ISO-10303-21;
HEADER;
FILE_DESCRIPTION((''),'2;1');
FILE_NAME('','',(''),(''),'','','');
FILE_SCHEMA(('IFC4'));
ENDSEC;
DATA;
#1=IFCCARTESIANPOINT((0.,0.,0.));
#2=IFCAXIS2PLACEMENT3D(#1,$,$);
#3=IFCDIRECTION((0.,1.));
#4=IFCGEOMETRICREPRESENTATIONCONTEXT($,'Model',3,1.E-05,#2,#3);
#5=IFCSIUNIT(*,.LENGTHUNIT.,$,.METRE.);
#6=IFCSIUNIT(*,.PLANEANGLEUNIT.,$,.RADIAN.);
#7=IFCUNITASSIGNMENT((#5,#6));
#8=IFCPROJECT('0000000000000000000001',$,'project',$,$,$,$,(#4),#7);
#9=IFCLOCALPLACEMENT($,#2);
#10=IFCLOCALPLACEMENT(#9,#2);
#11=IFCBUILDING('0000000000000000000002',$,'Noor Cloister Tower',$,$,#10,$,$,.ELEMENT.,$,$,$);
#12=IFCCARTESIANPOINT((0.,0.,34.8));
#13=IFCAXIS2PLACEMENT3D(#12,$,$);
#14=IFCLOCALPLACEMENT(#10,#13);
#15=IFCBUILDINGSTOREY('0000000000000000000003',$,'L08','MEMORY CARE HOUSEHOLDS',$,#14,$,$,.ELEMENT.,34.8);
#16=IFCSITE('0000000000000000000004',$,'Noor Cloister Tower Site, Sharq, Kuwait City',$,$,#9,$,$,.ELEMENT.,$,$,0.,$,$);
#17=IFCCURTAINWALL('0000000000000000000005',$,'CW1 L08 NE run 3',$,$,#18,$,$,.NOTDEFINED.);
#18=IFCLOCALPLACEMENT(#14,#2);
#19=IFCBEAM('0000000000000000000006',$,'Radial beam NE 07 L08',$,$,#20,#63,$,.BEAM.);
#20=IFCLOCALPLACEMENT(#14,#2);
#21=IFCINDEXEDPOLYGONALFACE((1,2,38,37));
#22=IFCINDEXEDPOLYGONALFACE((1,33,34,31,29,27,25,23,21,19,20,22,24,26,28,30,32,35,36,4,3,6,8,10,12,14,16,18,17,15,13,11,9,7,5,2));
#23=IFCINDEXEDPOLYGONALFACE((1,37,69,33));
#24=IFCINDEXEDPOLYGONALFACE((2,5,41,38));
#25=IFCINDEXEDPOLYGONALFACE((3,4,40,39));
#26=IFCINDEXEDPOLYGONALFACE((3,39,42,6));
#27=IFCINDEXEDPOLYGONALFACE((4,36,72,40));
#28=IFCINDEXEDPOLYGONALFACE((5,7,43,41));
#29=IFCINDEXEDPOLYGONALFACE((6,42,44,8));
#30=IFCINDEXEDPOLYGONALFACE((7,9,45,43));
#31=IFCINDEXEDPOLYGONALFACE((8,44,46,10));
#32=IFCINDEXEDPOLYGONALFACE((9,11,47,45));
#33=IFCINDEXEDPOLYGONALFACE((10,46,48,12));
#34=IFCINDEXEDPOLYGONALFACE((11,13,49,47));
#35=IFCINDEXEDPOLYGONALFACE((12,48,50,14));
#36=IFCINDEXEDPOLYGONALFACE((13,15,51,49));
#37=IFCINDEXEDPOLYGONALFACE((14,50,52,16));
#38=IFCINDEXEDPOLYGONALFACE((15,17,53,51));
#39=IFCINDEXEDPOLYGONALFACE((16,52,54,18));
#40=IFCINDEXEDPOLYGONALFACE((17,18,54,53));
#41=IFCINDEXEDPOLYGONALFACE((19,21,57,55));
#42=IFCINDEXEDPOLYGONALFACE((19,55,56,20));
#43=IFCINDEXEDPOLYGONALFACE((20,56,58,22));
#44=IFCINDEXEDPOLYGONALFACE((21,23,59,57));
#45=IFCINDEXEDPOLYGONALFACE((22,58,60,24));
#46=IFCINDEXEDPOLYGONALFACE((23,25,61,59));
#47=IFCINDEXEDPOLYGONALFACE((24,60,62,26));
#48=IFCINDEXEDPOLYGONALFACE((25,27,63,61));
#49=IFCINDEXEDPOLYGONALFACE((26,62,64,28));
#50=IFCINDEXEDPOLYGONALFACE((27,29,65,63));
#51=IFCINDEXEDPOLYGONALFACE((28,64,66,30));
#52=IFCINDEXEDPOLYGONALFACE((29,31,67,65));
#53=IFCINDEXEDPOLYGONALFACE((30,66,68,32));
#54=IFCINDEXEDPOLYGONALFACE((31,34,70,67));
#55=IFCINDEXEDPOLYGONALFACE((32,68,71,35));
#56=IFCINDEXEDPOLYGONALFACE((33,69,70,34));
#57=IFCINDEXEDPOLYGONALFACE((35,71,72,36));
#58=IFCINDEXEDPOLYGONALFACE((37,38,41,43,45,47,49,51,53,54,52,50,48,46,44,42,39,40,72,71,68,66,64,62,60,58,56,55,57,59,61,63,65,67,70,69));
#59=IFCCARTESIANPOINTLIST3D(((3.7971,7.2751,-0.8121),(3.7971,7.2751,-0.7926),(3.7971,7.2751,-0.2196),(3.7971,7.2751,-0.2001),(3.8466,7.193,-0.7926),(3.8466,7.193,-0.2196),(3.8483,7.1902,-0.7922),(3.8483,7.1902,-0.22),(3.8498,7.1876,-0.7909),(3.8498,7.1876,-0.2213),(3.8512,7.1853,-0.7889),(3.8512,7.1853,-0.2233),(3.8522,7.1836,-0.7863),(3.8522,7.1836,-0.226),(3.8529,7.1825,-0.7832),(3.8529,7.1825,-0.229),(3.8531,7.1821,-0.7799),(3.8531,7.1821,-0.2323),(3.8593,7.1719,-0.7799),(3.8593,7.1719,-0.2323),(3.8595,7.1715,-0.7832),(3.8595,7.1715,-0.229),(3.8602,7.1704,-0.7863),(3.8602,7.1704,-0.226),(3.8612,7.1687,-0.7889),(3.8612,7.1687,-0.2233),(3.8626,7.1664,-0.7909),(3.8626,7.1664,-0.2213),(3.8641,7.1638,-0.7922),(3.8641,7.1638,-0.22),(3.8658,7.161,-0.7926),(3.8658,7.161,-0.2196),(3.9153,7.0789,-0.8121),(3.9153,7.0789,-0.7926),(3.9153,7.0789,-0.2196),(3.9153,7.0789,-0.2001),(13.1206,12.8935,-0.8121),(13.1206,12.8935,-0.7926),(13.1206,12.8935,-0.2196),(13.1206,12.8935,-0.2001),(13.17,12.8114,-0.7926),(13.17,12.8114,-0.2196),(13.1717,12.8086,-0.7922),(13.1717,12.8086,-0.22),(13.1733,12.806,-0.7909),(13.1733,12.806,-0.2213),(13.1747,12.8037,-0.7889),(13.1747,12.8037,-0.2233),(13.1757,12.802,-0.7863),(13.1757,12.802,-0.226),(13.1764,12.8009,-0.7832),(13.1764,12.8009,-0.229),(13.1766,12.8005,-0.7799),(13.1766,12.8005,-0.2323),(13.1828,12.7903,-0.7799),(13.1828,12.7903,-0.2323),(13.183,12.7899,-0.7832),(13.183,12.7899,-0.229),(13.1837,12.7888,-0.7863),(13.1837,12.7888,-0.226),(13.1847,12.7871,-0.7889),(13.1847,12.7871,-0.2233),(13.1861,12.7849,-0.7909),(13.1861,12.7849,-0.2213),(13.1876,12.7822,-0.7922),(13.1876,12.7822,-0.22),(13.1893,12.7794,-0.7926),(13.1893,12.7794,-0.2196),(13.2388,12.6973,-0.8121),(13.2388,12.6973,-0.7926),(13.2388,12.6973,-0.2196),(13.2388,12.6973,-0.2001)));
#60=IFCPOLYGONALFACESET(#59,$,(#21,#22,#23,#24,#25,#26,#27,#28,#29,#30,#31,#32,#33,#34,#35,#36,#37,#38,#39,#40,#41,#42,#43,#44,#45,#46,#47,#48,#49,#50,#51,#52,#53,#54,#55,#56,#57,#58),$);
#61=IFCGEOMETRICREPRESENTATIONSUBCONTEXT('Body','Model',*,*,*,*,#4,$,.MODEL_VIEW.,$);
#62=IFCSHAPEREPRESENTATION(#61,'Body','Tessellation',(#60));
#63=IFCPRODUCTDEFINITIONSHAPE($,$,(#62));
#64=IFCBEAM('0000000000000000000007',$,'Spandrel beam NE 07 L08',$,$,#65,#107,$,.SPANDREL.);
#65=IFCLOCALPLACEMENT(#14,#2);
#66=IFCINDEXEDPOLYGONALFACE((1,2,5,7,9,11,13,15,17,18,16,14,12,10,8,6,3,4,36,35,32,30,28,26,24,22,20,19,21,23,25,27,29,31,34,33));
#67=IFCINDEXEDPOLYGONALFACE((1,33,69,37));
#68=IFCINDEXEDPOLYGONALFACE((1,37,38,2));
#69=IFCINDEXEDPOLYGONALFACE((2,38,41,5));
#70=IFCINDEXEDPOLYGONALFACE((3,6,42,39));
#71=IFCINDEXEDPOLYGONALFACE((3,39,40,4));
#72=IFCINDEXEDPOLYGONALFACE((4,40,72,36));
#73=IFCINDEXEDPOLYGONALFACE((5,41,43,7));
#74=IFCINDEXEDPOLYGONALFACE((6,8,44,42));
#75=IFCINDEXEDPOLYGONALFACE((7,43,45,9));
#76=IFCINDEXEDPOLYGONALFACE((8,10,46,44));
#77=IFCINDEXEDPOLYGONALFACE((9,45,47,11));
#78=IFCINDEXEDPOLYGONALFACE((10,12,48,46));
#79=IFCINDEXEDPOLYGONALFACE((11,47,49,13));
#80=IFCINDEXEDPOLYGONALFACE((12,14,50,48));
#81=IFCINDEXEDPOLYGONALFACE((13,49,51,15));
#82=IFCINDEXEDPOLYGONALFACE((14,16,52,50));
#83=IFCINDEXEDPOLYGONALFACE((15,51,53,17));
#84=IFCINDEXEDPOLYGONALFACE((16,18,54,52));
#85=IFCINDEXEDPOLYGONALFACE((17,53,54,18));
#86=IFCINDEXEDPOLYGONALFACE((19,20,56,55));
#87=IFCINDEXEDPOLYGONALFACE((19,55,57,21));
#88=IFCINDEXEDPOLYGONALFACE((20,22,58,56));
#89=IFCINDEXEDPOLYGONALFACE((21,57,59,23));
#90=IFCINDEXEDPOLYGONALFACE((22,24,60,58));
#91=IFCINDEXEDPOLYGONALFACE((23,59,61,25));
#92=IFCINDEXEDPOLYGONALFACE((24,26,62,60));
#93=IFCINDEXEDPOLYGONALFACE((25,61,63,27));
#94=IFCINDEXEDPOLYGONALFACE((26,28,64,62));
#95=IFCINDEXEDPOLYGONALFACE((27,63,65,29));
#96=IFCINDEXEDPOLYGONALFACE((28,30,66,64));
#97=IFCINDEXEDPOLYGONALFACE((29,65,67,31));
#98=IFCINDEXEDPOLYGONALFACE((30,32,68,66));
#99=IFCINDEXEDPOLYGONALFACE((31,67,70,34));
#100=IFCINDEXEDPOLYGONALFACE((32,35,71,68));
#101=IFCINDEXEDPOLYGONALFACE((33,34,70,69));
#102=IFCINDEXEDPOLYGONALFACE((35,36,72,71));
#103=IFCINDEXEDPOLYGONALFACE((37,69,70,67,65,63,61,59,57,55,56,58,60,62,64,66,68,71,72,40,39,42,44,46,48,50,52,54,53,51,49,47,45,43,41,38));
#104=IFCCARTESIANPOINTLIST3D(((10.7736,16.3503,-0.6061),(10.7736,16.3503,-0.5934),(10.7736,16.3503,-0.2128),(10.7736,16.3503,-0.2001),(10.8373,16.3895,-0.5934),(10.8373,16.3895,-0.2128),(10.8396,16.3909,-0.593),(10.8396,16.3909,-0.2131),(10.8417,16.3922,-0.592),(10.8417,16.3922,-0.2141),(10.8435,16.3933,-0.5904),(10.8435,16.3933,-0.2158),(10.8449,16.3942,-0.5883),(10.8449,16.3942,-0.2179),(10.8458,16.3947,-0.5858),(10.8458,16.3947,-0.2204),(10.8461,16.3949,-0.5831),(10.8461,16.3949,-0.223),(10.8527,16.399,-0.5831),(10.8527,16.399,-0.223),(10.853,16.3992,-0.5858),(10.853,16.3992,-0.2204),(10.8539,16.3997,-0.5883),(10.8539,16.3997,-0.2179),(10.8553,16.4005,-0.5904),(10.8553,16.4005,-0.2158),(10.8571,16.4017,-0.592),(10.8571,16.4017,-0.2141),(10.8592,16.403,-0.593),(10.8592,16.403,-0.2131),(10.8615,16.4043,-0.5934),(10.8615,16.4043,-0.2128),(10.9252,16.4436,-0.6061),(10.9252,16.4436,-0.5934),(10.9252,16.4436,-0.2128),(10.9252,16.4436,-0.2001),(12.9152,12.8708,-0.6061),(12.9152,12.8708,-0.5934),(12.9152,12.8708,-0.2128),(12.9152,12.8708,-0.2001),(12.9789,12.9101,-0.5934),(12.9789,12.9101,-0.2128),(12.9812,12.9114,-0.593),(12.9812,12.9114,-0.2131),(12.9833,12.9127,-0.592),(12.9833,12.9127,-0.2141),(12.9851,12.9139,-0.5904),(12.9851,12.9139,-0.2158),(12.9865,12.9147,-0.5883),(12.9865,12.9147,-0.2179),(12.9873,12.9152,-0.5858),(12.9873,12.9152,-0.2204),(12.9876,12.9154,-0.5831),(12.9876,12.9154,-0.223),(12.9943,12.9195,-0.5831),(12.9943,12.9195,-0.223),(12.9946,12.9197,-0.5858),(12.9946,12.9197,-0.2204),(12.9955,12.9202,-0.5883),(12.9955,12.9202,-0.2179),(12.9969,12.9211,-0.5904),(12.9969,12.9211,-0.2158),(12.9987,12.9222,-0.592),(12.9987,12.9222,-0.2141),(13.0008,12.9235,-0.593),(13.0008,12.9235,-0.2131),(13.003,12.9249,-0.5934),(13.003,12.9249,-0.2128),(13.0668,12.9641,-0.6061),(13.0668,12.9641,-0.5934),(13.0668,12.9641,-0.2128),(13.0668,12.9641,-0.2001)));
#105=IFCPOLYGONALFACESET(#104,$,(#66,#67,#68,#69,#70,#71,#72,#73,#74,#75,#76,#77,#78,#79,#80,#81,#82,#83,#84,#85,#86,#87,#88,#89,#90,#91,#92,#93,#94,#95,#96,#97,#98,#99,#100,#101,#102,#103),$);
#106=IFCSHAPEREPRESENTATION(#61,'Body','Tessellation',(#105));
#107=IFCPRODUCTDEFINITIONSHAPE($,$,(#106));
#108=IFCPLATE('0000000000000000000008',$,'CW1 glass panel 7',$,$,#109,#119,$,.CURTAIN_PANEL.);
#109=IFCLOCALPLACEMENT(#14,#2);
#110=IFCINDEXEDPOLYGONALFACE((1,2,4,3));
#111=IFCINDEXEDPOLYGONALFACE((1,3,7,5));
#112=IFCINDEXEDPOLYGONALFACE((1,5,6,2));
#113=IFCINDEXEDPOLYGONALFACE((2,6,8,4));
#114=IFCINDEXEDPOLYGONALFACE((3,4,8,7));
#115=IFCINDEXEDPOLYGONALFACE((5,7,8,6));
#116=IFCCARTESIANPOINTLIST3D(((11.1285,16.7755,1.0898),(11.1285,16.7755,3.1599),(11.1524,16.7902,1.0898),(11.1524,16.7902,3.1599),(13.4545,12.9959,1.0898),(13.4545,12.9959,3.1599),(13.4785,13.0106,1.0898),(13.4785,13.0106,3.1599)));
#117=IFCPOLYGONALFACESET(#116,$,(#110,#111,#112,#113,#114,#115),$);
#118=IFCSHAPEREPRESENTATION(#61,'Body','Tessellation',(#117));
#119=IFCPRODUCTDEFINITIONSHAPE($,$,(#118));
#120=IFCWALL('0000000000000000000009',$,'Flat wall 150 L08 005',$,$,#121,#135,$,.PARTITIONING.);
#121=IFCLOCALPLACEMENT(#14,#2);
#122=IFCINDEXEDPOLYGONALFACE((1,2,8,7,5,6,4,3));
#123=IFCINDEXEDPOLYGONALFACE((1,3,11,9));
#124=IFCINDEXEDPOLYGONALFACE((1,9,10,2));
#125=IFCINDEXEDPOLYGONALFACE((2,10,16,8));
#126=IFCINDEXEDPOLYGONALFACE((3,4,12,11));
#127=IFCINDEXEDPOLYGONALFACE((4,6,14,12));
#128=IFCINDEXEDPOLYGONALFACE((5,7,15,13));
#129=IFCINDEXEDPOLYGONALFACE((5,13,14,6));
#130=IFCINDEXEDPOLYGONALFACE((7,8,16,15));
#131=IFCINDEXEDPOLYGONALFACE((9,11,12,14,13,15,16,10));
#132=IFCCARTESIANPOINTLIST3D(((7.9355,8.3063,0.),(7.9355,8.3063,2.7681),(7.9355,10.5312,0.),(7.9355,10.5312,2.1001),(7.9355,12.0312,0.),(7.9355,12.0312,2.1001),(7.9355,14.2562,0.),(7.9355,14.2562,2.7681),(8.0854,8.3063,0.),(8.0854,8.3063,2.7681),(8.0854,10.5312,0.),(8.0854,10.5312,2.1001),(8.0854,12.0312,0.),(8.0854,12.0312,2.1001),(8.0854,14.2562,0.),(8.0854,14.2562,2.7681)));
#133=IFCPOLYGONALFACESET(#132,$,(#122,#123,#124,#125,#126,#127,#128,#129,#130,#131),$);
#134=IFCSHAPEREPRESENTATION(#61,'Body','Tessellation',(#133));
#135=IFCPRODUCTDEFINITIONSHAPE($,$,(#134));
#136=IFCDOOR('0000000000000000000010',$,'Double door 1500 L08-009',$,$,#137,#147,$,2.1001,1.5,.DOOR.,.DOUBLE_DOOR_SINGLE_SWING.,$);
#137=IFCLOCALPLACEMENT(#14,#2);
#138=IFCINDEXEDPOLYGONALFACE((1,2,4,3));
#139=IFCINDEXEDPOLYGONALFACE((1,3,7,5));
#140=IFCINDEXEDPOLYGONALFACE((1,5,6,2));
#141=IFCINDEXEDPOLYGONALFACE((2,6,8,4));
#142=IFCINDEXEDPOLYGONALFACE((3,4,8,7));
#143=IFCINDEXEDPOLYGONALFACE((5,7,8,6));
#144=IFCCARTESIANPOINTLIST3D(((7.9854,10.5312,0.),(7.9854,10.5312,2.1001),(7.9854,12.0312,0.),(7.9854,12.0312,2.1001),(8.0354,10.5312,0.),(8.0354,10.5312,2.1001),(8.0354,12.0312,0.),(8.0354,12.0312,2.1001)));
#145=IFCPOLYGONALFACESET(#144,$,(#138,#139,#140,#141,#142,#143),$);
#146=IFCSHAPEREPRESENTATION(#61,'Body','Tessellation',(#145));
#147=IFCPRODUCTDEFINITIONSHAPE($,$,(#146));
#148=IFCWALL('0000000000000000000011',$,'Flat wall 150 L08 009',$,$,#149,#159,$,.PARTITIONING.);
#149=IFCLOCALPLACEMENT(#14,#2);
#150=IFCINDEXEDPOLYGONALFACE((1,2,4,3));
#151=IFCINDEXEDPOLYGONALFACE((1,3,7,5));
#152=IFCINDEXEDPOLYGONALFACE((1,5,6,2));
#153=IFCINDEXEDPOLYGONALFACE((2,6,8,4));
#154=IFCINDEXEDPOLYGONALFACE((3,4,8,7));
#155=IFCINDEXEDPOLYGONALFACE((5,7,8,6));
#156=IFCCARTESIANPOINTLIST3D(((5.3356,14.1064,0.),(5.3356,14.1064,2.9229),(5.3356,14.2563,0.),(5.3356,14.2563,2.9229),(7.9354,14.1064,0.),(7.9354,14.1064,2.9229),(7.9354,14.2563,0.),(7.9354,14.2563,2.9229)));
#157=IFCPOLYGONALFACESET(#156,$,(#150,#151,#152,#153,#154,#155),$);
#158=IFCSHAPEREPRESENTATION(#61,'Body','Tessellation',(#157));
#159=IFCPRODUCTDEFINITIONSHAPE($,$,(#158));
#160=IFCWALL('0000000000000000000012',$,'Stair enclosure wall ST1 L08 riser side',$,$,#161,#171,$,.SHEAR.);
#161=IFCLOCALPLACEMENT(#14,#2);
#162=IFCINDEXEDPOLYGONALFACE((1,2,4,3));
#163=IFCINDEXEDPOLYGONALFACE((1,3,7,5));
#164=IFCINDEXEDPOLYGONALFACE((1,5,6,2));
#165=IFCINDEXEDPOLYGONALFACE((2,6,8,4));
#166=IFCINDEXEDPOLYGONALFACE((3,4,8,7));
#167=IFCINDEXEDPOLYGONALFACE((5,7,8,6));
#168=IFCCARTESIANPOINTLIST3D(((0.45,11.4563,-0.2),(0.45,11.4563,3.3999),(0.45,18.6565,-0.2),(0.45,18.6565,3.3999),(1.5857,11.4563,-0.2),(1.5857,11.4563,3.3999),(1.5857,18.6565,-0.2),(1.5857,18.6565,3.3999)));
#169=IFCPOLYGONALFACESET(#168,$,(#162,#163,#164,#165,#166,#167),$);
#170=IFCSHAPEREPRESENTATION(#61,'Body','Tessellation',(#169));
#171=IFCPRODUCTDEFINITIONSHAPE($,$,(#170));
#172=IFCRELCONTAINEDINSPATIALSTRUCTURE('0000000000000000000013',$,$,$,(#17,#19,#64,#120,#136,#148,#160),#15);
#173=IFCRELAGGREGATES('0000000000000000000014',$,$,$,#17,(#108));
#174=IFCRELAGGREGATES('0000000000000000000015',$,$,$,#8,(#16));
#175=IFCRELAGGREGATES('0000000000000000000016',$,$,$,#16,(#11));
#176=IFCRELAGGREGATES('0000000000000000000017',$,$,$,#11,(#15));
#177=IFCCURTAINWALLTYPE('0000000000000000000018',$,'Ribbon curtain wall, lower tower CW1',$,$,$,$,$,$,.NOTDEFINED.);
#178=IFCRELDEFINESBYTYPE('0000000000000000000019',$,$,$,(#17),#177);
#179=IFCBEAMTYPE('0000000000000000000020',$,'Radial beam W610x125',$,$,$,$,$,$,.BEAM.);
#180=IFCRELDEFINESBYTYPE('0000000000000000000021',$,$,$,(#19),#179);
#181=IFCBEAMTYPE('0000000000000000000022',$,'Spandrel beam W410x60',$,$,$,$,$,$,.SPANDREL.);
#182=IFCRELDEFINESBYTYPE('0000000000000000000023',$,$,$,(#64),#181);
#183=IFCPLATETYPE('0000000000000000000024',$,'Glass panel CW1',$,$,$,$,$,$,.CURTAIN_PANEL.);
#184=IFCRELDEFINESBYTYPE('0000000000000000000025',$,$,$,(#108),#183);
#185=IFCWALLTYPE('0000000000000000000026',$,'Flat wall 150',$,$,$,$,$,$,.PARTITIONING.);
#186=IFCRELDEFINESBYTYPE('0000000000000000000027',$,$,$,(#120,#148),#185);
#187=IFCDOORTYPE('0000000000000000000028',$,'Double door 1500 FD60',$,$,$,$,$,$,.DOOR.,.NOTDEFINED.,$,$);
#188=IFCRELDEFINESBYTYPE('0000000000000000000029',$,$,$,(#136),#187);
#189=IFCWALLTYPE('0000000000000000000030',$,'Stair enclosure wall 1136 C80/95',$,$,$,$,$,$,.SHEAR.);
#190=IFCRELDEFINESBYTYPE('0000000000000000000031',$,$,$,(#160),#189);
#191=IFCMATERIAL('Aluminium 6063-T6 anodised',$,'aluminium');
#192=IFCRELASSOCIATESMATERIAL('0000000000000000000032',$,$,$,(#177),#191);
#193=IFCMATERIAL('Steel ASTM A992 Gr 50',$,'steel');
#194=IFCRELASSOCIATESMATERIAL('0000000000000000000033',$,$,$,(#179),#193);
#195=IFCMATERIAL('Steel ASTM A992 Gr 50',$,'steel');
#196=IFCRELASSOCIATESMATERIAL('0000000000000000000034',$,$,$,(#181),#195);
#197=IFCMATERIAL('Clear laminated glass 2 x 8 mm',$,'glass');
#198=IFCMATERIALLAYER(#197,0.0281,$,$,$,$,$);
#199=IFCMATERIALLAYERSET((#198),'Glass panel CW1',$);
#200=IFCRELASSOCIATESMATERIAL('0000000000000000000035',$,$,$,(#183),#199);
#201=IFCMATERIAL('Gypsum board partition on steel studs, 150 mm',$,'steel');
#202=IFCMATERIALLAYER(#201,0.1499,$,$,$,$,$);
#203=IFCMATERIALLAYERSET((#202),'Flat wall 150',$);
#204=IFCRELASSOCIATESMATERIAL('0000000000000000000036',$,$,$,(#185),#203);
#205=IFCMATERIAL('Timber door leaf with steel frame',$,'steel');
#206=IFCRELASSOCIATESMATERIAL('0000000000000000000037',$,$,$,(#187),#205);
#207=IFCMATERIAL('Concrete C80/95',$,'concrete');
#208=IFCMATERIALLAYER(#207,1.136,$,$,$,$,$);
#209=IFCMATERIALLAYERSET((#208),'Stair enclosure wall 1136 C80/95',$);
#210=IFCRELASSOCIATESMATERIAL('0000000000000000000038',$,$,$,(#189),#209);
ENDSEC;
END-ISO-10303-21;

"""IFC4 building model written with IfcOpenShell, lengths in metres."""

from ifc_helpers import new_model, si_unit, direction, frame, frame_2d, origin, origin_2d, place, context, subcontext, project, spatial, rectangle, i_section, extrude, material, layer, layer_set, material_profile, profile_set, type_object, element, fill, aggregate, save


model = new_model("IFC4")

# Units and contexts
model_context = context("Model", 3, precision=1e-05, world=origin(), true_north=direction((0.0, 1.0)))
body_context = subcontext(model_context, "Body", "Model", "MODEL_VIEW")
ifc_project = project(units=[si_unit("LENGTHUNIT", "METRE"), si_unit("PLANEANGLEUNIT", "RADIAN")], contexts=[model_context])

# Site, building, storey
site_placement = place(None, origin())
site = spatial("IfcSite", under=ifc_project, at=site_placement, Name="Noor Cloister Tower Site, Sharq, Kuwait City", CompositionType="ELEMENT", RefElevation=0.0)
building_placement = place(site_placement, origin())
building = spatial("IfcBuilding", under=site, at=building_placement, Name="Noor Cloister Tower", CompositionType="ELEMENT")
storey_placement = place(building_placement, frame((0.0, 0.0, 34.8)))
storey = spatial("IfcBuildingStorey", under=building, at=storey_placement, Name="L08", Description="MEMORY CARE HOUSEHOLDS", CompositionType="ELEMENT", Elevation=34.8)

# Curtain wall
ifc_material_1 = material(Name="Aluminium 6063-T6 anodised", Category="aluminium")
curtain_wall_type = type_object("IfcCurtainWallType", Name="Ribbon curtain wall, lower tower CW1", PredefinedType="NOTDEFINED", material=ifc_material_1)
curtain_wall_placement = place(storey_placement, origin())
curtain_wall = element("IfcCurtainWall", 1, at=curtain_wall_placement, inside=storey, type_object=curtain_wall_type, Name="CW1 L08 NE run 3", PredefinedType="NOTDEFINED")

# Beams
ifc_material_2 = material(Name="Steel ASTM A992 Gr 50", Category="steel")
ifc_material_profile_1 = material_profile(ifc_material_2, i_section(OverallWidth=0.229, OverallDepth=0.6121, WebThickness=0.012, FlangeThickness=0.0195, FilletRadius=0.0127, at=origin_2d()), Name="W610x125")
ifc_profile_set_1 = profile_set([ifc_material_profile_1], Name="Steel ASTM A992 Gr 50")
beam_type_1 = type_object("IfcBeamType", Name="Radial beam W610x125", PredefinedType="BEAM", material=ifc_profile_set_1)
beam_1_placement = place(storey_placement, frame((13.1797, 12.7954, -0.5061), z_axis=(-0.856506, -0.516137, 0.0), x_axis=(0.516137, -0.856506, 0.0)))
element("IfcBeam", 2, at=beam_1_placement, inside=storey, type_object=beam_type_1, Name="Radial beam NE 07 L08", PredefinedType="BEAM", context=body_context, shape_type="SweptSolid", body=[
    extrude(i_section(OverallWidth=0.229, OverallDepth=0.6121, WebThickness=0.012, FlangeThickness=0.0195, FilletRadius=0.0127, at=origin_2d()), origin(), (0.0, 0.0, 1.0), 10.8855),
])
ifc_material_3 = material(Name="Steel ASTM A992 Gr 50", Category="steel")
ifc_material_profile_2 = material_profile(ifc_material_3, i_section(OverallWidth=0.178, OverallDepth=0.406, WebThickness=0.0078, FlangeThickness=0.0127, FilletRadius=0.0103, at=origin_2d()), Name="W410x60")
ifc_profile_set_2 = profile_set([ifc_material_profile_2], Name="Steel ASTM A992 Gr 50")
beam_type_2 = type_object("IfcBeamType", Name="Spandrel beam W410x60", PredefinedType="SPANDREL", material=ifc_profile_set_2)
beam_2_placement = place(storey_placement, frame((12.991, 12.9175, -0.4031), z_axis=(-0.524164, 0.851617, 0.0), x_axis=(-0.851617, -0.524164, 0.0)))
element("IfcBeam", 3, at=beam_2_placement, inside=storey, type_object=beam_type_2, Name="Spandrel beam NE 07 L08", PredefinedType="SPANDREL", context=body_context, shape_type="SweptSolid", body=[
    extrude(i_section(OverallWidth=0.178, OverallDepth=0.406, WebThickness=0.0078, FlangeThickness=0.0127, FilletRadius=0.0103, at=origin_2d()), origin(), (0.0, 0.0, 1.0), 4.0857),
])

# Plate
ifc_material_4 = material(Name="Clear laminated glass 2 x 8 mm", Category="glass")
ifc_layer_1 = layer(ifc_material_4, 0.0281)
ifc_layer_set_1 = layer_set([ifc_layer_1], Name="Glass panel CW1")
plate_type = type_object("IfcPlateType", Name="Glass panel CW1", PredefinedType="CURTAIN_PANEL", material=ifc_layer_set_1)
plate_placement = place(storey_placement, frame((12.3035, 14.8931, 1.0898), z_axis=(0.0, 0.0, 1.0), x_axis=(-0.524127, 0.85164, 0.0)))
plate = element("IfcPlate", 4, at=plate_placement, type_object=plate_type, Name="CW1 glass panel 7", PredefinedType="CURTAIN_PANEL", context=body_context, shape_type="SweptSolid", body=[
    extrude(rectangle(XDim=4.438, YDim=0.0281, at=origin_2d()), origin(), (0.0, 0.0, 1.0), 2.0701),
])
aggregate(curtain_wall, [plate])

# Wall, opening, door
ifc_material_5 = material(Name="Gypsum board partition on steel studs, 150 mm", Category="steel")
ifc_layer_2 = layer(ifc_material_5, 0.1499)
ifc_layer_set_2 = layer_set([ifc_layer_2], Name="Flat wall 150")
wall_type_1 = type_object("IfcWallType", Name="Flat wall 150", PredefinedType="PARTITIONING", material=ifc_layer_set_2)
wall_1_placement = place(storey_placement, frame((8.0105, 14.2563, 0.0), z_axis=(0.0, 0.0, 1.0), x_axis=(0.0, -1.0, 0.0)))
wall_1 = element("IfcWall", 5, at=wall_1_placement, inside=storey, type_object=wall_type_1, Name="Flat wall 150 L08 005", PredefinedType="PARTITIONING", context=body_context, shape_type="SweptSolid", body=[
    extrude(rectangle(XDim=5.95, YDim=0.1499, at=frame_2d((2.9751, 0.0))), origin(), (0.0, 0.0, 1.0), 2.7681),
])
opening_1_placement = place(wall_1_placement, frame((2.2251, 0.0, 0.0)))
opening_1 = element("IfcOpeningElement", 6, at=opening_1_placement, cuts=wall_1, PredefinedType="OPENING", context=body_context, shape_type="SweptSolid", body=[
    extrude(rectangle(XDim=1.5, YDim=2.1001, at=frame_2d((0.75, 1.05))), frame((0.0, 0.085, 0.0), z_axis=(0.0, -1.0, 0.0), x_axis=(1.0, 0.0, 0.0)), (0.0, 0.0, 1.0), 0.1699),
])
ifc_material_6 = material(Name="Timber door leaf with steel frame", Category="steel")
door_type_1 = type_object("IfcDoorType", Name="Double door 1500 FD60", OperationType="NOTDEFINED", PredefinedType="DOOR", material=ifc_material_6)
door_1_placement = place(opening_1_placement, origin())
door_1 = element("IfcDoor", 7, at=door_1_placement, inside=storey, type_object=door_type_1, Name="Double door 1500 L08-009", OperationType="DOUBLE_DOOR_SINGLE_SWING", OverallHeight=2.1001, OverallWidth=1.5, PredefinedType="DOOR", context=body_context, shape_type="SweptSolid", body=[
    extrude(rectangle(XDim=1.5, YDim=2.1001, at=frame_2d((0.75, 1.05))), frame((0.0, 0.0249, 0.0), z_axis=(0.0, -1.0, 0.0), x_axis=(1.0, 0.0, 0.0)), (0.0, 0.0, 1.0), 0.05),
])
fill(opening_1, door_1)

# Walls
wall_2_placement = place(storey_placement, frame((5.3357, 14.1814, 0.0), z_axis=(0.0, 0.0, 1.0), x_axis=(1.0, 0.0, 0.0)))
element("IfcWall", 8, at=wall_2_placement, inside=storey, type_object=wall_type_1, Name="Flat wall 150 L08 009", PredefinedType="PARTITIONING", context=body_context, shape_type="SweptSolid", body=[
    extrude(rectangle(XDim=2.5999, YDim=0.1499, at=frame_2d((1.2998, 0.0))), origin(), (0.0, 0.0, 1.0), 2.9229),
])
ifc_material_7 = material(Name="Concrete C80/95", Category="concrete")
ifc_layer_3 = layer(ifc_material_7, 1.136)
ifc_layer_set_3 = layer_set([ifc_layer_3], Name="Stair enclosure wall 1136 C80/95")
wall_type_2 = type_object("IfcWallType", Name="Stair enclosure wall 1136 C80/95", PredefinedType="SHEAR", material=ifc_layer_set_3)
wall_3_placement = place(storey_placement, frame((1.0178, 11.4563, -0.2), z_axis=(0.0, 0.0, 1.0), x_axis=(0.0, 1.0, 0.0)))
element("IfcWall", 9, at=wall_3_placement, inside=storey, type_object=wall_type_2, Name="Stair enclosure wall ST1 L08 riser side", PredefinedType="SHEAR", context=body_context, shape_type="SweptSolid", body=[
    extrude(rectangle(XDim=7.2002, YDim=1.1357, at=frame_2d((3.6001, 0.0))), origin(), (0.0, 0.0, 1.0), 3.5999),
])

save(model, "model.ifc")
